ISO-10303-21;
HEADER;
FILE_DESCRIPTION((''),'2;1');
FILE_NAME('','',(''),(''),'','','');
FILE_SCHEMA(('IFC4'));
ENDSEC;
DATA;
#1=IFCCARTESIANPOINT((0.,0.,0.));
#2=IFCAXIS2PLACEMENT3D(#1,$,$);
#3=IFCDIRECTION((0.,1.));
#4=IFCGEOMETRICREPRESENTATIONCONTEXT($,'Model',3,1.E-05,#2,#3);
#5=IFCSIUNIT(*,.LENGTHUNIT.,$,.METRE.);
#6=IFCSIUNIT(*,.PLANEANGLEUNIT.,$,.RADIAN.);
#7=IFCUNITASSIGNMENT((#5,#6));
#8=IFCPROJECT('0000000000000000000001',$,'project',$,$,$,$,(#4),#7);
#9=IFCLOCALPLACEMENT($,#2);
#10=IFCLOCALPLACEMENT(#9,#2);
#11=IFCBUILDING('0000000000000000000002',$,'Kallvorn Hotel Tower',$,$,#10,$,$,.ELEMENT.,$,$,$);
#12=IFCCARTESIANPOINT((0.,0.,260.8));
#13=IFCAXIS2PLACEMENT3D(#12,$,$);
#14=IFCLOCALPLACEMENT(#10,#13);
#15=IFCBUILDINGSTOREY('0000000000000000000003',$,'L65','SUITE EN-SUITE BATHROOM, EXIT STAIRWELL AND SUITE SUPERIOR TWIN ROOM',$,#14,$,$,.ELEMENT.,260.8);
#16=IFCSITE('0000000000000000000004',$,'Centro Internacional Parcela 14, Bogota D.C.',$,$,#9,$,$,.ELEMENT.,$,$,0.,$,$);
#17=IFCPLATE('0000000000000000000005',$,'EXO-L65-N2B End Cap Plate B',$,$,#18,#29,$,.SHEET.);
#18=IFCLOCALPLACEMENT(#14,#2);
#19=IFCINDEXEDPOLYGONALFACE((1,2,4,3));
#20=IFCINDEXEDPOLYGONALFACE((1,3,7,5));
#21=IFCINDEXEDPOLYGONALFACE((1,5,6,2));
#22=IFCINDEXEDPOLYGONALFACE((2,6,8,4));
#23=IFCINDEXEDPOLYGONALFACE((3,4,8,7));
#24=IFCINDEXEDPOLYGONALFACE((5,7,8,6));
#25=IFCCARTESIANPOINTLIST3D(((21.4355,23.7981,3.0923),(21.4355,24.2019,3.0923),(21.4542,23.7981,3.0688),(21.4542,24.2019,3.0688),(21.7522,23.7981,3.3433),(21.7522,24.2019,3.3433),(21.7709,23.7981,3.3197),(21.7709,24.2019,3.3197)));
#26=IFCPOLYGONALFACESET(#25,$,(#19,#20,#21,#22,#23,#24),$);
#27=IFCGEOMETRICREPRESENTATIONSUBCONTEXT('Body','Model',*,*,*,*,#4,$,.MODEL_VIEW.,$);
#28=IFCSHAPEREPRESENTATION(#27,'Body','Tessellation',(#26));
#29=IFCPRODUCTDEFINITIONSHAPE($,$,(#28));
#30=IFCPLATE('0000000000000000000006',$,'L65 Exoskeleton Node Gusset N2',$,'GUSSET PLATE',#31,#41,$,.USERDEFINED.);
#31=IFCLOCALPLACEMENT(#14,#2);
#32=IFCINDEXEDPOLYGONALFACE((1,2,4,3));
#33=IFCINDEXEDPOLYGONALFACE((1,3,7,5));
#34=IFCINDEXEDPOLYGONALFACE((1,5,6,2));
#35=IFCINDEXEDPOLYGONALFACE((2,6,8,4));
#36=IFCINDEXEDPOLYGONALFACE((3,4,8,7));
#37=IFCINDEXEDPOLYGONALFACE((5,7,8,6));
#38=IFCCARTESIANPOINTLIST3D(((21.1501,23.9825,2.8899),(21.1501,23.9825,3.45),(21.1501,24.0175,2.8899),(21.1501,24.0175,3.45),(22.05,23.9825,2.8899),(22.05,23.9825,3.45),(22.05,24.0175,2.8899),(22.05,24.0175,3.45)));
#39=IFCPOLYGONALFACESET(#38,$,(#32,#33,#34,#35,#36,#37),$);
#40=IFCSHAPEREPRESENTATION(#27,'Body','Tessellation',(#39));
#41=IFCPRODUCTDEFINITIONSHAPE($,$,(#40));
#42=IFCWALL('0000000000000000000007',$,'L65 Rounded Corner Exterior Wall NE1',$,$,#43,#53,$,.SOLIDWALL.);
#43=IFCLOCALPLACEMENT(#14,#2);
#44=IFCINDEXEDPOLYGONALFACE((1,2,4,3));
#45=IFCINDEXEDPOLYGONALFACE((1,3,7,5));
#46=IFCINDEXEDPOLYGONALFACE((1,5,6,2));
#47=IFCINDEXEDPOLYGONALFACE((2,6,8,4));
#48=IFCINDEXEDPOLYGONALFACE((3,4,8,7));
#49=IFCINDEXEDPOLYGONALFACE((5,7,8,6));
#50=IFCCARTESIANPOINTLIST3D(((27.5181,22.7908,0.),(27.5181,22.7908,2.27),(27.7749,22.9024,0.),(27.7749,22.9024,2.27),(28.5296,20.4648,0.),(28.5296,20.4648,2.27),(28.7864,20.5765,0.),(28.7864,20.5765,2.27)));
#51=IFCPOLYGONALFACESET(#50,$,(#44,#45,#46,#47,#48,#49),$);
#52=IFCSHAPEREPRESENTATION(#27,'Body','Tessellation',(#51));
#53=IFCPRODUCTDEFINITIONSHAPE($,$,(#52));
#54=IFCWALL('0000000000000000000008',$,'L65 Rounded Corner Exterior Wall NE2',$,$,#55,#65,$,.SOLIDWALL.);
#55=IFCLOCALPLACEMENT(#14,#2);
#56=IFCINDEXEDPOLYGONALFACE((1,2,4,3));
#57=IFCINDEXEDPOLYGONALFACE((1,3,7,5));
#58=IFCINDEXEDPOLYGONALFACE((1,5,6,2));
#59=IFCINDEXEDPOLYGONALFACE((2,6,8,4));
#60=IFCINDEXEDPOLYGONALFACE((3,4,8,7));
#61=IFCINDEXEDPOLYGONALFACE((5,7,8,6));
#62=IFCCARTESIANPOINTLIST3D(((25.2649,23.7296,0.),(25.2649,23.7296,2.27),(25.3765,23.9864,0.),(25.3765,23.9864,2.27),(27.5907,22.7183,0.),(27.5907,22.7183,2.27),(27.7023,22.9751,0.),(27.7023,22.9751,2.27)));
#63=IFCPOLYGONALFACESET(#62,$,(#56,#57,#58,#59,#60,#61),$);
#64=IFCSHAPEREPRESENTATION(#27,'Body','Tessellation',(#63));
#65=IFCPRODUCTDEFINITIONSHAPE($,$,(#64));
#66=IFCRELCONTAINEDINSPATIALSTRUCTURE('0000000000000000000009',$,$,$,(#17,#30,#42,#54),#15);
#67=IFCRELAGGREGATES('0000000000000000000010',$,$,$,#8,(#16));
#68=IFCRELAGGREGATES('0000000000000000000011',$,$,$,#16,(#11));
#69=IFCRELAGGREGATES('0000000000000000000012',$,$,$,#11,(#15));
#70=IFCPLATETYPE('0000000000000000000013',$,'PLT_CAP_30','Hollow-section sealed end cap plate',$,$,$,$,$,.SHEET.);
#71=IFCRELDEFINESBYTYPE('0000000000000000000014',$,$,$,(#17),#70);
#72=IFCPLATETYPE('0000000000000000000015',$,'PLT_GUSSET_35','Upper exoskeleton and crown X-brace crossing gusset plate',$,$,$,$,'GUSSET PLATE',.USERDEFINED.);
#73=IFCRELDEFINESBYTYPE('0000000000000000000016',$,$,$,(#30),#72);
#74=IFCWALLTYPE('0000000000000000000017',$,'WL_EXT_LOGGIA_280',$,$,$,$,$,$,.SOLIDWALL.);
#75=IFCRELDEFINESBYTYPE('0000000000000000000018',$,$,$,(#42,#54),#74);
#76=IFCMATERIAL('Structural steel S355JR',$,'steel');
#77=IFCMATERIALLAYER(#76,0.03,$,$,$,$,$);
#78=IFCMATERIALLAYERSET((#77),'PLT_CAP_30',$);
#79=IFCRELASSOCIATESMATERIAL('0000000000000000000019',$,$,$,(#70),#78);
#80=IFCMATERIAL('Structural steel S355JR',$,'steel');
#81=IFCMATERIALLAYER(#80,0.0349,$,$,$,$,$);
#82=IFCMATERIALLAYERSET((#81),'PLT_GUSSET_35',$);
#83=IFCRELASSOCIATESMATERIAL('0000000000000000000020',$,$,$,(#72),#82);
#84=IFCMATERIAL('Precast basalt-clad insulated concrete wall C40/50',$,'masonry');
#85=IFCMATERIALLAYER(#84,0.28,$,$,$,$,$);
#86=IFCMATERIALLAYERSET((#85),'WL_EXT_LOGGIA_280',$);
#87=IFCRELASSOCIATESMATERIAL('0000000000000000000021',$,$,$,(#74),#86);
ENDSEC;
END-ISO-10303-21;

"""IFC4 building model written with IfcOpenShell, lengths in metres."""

from ifc_helpers import new_model, si_unit, direction, frame, frame_2d, origin, origin_2d, place, context, subcontext, project, spatial, polyline, rectangle, outline, extrude, material, layer, layer_set, type_object, element, save


model = new_model("IFC4")

# Units and contexts
model_context = context("Model", 3, precision=1e-05, world=origin(), true_north=direction((0.0, 1.0)))
body_context = subcontext(model_context, "Body", "Model", "MODEL_VIEW")
ifc_project = project(units=[si_unit("LENGTHUNIT", "METRE"), si_unit("PLANEANGLEUNIT", "RADIAN")], contexts=[model_context])

# Site, building, storey
site_placement = place(None, origin())
site = spatial("IfcSite", under=ifc_project, at=site_placement, Name="Centro Internacional Parcela 14, Bogota D.C.", CompositionType="ELEMENT", RefElevation=0.0)
building_placement = place(site_placement, origin())
building = spatial("IfcBuilding", under=site, at=building_placement, Name="Kallvorn Hotel Tower", CompositionType="ELEMENT")
storey_placement = place(building_placement, frame((0.0, 0.0, 260.8)))
storey = spatial("IfcBuildingStorey", under=building, at=storey_placement, Name="L65", Description="SUITE EN-SUITE BATHROOM, EXIT STAIRWELL AND SUITE SUPERIOR TWIN ROOM", CompositionType="ELEMENT", Elevation=260.8)

# Plates
ifc_material_1 = material(Name="Structural steel S355JR", Category="steel")
ifc_layer_1 = layer(ifc_material_1, 0.03)
ifc_layer_set_1 = layer_set([ifc_layer_1], Name="PLT_CAP_30")
plate_type_1 = type_object("IfcPlateType", Name="PLT_CAP_30", Description="Hollow-section sealed end cap plate", PredefinedType="SHEET", material=ifc_layer_set_1)
plate_1_placement = place(storey_placement, frame((21.4355, 24.2019, 3.0923), z_axis=(-0.621152, 0.0, 0.78369), x_axis=(0.0, -1.0, 0.0)))
element("IfcPlate", 1, at=plate_1_placement, inside=storey, type_object=plate_type_1, Name="EXO-L65-N2B End Cap Plate B", PredefinedType="SHEET", context=body_context, shape_type="SweptSolid", body=[
    extrude(outline(polyline([(0.0, 0.0), (0.4038, 0.0), (0.4038, 0.4041), (0.0, 0.4041), (0.0, 0.0)])), origin(), (0.0, 0.0, -1.0), 0.03),
])
ifc_material_2 = material(Name="Structural steel S355JR", Category="steel")
ifc_layer_2 = layer(ifc_material_2, 0.0349)
ifc_layer_set_2 = layer_set([ifc_layer_2], Name="PLT_GUSSET_35")
plate_type_2 = type_object("IfcPlateType", Name="PLT_GUSSET_35", Description="Upper exoskeleton and crown X-brace crossing gusset plate", ElementType="GUSSET PLATE", PredefinedType="USERDEFINED", material=ifc_layer_set_2)
plate_2_placement = place(storey_placement, frame((21.6001, 24.0, 2.8899), z_axis=(0.0, 0.0, 1.0), x_axis=(1.0, 0.0, 0.0)))
element("IfcPlate", 2, at=plate_2_placement, inside=storey, type_object=plate_type_2, Name="L65 Exoskeleton Node Gusset N2", ObjectType="GUSSET PLATE", PredefinedType="USERDEFINED", context=body_context, shape_type="SweptSolid", body=[
    extrude(rectangle(XDim=0.8999, YDim=0.0349, at=origin_2d()), origin(), (0.0, 0.0, 1.0), 0.5601),
])

# Walls
ifc_material_3 = material(Name="Precast basalt-clad insulated concrete wall C40/50", Category="masonry")
ifc_layer_3 = layer(ifc_material_3, 0.28)
ifc_layer_set_3 = layer_set([ifc_layer_3], Name="WL_EXT_LOGGIA_280")
wall_type = type_object("IfcWallType", Name="WL_EXT_LOGGIA_280", PredefinedType="SOLIDWALL", material=ifc_layer_set_3)
wall_1_placement = place(storey_placement, frame((28.658, 20.5208, 0.0), z_axis=(0.0, 0.0, 1.0), x_axis=(-0.398793, 0.917041, 0.0)))
element("IfcWall", 3, at=wall_1_placement, inside=storey, type_object=wall_type, Name="L65 Rounded Corner Exterior Wall NE1", PredefinedType="SOLIDWALL", context=body_context, shape_type="SweptSolid", body=[
    extrude(rectangle(XDim=2.5364, YDim=0.28, at=frame_2d((1.2681, 0.0))), origin(), (0.0, 0.0, 1.0), 2.27),
])
wall_2_placement = place(storey_placement, frame((27.6465, 22.8467, 0.0), z_axis=(0.0, 0.0, 1.0), x_axis=(-0.917061, 0.398747, 0.0)))
element("IfcWall", 4, at=wall_2_placement, inside=storey, type_object=wall_type, Name="L65 Rounded Corner Exterior Wall NE2", PredefinedType="SOLIDWALL", context=body_context, shape_type="SweptSolid", body=[
    extrude(rectangle(XDim=2.5361, YDim=0.28, at=frame_2d((1.2681, 0.0))), origin(), (0.0, 0.0, 1.0), 2.27),
])

save(model, "model.ifc")
